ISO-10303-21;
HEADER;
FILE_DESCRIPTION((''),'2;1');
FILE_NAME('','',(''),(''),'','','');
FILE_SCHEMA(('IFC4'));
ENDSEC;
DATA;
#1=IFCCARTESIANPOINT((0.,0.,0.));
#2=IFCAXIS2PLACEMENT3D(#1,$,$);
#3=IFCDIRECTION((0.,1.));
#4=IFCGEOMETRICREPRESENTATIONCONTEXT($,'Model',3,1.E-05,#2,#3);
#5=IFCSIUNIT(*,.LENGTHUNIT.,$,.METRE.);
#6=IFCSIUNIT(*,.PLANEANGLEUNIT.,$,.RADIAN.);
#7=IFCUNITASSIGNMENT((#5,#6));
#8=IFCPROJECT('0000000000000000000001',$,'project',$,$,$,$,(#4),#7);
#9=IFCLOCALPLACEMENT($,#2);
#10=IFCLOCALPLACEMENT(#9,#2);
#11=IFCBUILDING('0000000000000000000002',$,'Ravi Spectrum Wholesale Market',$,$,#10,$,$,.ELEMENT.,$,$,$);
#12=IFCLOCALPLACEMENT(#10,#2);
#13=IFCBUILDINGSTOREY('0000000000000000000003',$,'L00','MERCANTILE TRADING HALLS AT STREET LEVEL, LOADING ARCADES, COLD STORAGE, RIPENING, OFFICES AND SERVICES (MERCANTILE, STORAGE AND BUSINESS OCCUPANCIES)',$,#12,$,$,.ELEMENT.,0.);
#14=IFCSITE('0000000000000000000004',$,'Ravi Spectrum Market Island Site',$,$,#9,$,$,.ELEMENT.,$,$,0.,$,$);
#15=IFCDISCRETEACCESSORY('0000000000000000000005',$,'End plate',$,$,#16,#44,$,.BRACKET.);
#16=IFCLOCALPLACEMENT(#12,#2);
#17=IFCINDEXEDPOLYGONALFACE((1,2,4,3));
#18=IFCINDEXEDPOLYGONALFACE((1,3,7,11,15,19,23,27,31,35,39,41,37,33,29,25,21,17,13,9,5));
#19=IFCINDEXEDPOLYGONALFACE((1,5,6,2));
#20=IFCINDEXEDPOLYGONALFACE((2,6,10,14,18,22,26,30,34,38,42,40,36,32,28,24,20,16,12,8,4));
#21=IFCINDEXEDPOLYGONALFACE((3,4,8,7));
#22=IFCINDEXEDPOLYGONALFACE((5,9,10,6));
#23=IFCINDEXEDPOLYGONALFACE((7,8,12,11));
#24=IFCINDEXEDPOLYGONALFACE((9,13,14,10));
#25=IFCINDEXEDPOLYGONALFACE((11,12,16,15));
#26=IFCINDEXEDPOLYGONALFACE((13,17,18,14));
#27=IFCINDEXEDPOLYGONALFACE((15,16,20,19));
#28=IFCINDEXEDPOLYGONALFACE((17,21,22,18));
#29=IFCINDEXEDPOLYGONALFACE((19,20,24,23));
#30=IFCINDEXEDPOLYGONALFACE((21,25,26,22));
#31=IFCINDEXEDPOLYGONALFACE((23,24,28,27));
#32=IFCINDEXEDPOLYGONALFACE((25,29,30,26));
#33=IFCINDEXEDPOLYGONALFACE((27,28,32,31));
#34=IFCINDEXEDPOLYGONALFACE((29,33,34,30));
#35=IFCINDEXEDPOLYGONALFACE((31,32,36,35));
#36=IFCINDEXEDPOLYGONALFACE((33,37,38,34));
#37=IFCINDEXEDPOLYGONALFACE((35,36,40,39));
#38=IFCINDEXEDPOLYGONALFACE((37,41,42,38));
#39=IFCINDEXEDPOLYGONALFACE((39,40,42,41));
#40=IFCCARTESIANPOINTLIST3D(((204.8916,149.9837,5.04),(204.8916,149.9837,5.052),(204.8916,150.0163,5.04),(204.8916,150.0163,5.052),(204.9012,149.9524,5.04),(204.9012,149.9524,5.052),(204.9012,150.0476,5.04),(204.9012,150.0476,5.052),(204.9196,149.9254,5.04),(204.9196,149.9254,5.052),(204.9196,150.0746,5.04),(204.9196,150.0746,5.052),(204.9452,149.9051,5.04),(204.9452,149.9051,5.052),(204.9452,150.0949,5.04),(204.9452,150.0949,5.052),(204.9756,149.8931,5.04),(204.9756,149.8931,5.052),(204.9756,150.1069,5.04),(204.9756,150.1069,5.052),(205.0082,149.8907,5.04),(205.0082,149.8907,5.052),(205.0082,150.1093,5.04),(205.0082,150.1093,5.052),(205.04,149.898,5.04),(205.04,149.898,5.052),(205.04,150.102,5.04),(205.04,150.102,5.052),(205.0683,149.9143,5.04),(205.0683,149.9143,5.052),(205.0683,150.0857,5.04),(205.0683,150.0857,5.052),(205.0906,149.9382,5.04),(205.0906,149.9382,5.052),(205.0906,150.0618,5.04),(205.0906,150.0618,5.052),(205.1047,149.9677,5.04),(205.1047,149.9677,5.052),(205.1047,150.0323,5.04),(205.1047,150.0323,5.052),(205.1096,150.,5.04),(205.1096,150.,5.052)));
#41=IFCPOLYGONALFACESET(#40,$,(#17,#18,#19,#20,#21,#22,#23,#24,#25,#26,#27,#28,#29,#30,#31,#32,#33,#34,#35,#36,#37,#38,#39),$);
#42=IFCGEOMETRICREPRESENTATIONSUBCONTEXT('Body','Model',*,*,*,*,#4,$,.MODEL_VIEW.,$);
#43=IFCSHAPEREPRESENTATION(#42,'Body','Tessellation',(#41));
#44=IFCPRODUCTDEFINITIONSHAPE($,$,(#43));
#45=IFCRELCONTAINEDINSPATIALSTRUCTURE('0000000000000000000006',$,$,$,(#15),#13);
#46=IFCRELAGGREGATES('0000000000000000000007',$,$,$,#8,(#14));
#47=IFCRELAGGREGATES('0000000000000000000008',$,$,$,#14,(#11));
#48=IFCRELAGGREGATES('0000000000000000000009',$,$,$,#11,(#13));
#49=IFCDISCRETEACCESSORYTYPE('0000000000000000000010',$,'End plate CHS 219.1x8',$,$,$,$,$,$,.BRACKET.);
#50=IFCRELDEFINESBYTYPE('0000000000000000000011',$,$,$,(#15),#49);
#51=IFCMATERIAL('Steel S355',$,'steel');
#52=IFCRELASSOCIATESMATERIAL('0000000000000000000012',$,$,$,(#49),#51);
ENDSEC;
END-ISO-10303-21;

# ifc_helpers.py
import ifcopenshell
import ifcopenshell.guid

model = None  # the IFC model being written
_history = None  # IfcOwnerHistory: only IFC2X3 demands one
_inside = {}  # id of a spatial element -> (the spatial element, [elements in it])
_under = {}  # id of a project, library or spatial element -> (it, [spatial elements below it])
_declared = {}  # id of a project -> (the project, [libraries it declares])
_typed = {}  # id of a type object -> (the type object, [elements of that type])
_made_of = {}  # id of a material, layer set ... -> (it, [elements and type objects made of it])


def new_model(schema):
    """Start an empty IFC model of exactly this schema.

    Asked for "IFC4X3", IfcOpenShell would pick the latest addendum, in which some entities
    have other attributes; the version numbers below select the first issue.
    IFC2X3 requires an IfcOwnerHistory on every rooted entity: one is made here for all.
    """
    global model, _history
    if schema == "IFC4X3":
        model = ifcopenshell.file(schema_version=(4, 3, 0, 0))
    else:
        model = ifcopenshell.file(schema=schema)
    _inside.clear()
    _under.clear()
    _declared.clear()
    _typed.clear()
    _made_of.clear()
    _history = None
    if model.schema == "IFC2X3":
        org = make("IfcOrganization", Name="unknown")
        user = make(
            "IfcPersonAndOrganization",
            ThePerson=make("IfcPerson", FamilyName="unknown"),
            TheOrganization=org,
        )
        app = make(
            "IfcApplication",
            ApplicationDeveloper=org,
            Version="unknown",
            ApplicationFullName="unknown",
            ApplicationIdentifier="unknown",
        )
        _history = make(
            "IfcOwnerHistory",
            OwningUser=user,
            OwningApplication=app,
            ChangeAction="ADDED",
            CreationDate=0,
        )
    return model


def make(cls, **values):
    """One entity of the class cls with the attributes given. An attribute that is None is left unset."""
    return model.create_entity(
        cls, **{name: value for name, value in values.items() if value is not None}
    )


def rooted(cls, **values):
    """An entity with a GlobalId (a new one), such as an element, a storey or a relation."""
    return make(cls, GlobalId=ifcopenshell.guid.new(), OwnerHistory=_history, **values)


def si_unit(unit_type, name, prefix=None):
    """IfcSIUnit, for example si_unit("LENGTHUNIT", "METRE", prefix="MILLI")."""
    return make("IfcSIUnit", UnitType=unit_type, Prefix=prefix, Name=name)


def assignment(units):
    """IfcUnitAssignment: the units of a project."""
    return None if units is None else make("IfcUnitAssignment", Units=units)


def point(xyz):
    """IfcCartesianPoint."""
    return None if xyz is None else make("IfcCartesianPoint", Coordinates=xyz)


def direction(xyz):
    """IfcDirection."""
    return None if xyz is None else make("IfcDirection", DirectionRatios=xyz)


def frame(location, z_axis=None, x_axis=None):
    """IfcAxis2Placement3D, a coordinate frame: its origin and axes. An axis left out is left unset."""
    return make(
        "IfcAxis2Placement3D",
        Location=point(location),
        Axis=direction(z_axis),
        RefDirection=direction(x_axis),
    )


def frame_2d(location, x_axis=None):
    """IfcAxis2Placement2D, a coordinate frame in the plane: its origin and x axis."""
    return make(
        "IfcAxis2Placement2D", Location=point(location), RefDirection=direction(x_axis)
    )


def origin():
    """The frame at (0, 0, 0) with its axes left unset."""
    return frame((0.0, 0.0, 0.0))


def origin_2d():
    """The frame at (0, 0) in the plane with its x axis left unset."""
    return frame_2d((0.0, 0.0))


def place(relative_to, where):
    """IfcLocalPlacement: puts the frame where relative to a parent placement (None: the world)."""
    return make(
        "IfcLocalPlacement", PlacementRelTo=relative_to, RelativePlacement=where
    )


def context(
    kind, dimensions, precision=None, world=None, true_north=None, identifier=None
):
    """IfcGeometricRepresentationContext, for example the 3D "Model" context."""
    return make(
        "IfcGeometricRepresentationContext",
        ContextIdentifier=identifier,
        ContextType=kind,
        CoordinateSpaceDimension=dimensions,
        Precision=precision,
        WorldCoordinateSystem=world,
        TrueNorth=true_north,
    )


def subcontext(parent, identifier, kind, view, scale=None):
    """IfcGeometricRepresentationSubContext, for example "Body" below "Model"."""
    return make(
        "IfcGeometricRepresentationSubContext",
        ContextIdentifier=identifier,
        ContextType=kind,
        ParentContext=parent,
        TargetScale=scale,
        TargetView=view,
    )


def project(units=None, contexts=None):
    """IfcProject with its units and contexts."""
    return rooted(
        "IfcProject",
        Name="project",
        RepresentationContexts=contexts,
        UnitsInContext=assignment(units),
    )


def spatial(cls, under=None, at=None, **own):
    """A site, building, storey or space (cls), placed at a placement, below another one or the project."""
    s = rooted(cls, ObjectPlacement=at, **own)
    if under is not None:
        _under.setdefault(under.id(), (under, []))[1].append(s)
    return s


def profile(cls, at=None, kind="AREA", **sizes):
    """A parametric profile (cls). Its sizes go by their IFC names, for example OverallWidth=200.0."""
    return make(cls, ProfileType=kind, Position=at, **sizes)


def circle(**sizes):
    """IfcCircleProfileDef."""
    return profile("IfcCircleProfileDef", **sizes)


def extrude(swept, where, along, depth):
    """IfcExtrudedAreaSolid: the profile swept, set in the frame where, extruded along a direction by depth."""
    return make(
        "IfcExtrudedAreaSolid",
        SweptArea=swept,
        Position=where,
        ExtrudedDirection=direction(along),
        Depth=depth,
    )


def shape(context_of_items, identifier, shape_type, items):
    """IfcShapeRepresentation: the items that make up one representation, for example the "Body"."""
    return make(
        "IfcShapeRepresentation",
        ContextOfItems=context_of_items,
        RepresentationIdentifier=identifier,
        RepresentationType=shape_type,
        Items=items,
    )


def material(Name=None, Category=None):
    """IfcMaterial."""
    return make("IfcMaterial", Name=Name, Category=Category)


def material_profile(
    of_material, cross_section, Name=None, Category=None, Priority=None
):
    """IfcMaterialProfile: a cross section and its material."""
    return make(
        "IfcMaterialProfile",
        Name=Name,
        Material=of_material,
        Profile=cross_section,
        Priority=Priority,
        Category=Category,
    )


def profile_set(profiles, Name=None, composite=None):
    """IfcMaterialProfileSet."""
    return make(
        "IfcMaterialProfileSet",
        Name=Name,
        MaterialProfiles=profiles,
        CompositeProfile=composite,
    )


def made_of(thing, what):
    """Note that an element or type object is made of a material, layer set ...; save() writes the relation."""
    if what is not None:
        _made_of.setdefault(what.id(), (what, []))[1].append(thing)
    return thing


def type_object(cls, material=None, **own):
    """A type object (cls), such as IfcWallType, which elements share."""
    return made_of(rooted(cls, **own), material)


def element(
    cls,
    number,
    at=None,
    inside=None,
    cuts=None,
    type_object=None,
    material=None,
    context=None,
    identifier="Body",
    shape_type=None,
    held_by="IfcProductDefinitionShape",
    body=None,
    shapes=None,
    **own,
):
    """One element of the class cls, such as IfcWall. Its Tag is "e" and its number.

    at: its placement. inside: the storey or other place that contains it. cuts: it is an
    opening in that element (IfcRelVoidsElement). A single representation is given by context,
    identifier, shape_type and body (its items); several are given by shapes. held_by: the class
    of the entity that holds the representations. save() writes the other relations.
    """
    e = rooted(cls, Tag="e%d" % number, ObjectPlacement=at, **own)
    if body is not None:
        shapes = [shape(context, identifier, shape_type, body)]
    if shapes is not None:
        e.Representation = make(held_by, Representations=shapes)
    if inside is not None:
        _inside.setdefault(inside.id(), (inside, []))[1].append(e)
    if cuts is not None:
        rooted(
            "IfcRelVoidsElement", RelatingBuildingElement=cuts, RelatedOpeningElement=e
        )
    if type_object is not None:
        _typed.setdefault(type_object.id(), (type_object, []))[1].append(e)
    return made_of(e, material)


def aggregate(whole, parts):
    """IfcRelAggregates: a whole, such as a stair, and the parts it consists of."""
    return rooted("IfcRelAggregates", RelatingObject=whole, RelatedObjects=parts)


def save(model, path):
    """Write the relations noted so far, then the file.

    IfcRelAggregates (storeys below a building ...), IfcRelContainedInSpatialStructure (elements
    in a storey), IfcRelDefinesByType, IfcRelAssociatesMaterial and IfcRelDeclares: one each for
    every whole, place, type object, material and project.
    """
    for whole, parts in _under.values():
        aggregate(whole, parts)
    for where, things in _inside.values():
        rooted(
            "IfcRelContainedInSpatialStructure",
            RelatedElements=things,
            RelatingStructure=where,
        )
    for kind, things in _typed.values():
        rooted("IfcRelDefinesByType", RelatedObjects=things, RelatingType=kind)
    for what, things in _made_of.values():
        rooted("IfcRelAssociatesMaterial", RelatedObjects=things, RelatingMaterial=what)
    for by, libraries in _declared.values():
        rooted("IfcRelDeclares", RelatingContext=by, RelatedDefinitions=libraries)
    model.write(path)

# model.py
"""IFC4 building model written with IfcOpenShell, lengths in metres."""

from ifc_helpers import new_model, si_unit, direction, frame, origin, origin_2d, place, context, subcontext, project, spatial, circle, extrude, material, material_profile, profile_set, type_object, element, save


model = new_model("IFC4")

# Units and contexts
model_context = context("Model", 3, precision=1e-05, world=origin(), true_north=direction((0.0, 1.0)))
body_context = subcontext(model_context, "Body", "Model", "MODEL_VIEW")
ifc_project = project(units=[si_unit("LENGTHUNIT", "METRE"), si_unit("PLANEANGLEUNIT", "RADIAN")], contexts=[model_context])

# Site, building, storey
site_placement = place(None, origin())
site = spatial("IfcSite", under=ifc_project, at=site_placement, Name="Ravi Spectrum Market Island Site", CompositionType="ELEMENT", RefElevation=0.0)
building_placement = place(site_placement, origin())
building = spatial("IfcBuilding", under=site, at=building_placement, Name="Ravi Spectrum Wholesale Market", CompositionType="ELEMENT")
storey_placement = place(building_placement, origin())
storey = spatial("IfcBuildingStorey", under=building, at=storey_placement, Name="L00", Description="MERCANTILE TRADING HALLS AT STREET LEVEL, LOADING ARCADES, COLD STORAGE, RIPENING, OFFICES AND SERVICES (MERCANTILE, STORAGE AND BUSINESS OCCUPANCIES)", CompositionType="ELEMENT", Elevation=0.0)

# Discrete accessory
ifc_material_1 = material(Name="Steel S355", Category="steel")
ifc_material_profile_1 = material_profile(ifc_material_1, circle(Radius=0.1096, at=origin_2d()))
ifc_profile_set_1 = profile_set([ifc_material_profile_1], Name="Steel S355")
discrete_accessory_type = type_object("IfcDiscreteAccessoryType", Name="End plate CHS 219.1x8", PredefinedType="BRACKET", material=ifc_profile_set_1)
discrete_accessory_placement = place(storey_placement, frame((205.0, 150.0, 5.04), z_axis=(0.0, 0.0, 1.0), x_axis=(1.0, 0.0, 0.0)))
element("IfcDiscreteAccessory", 1, at=discrete_accessory_placement, inside=storey, type_object=discrete_accessory_type, Name="End plate", PredefinedType="BRACKET", context=body_context, shape_type="SweptSolid", body=[
    extrude(circle(Radius=0.1096, at=origin_2d()), origin(), (0.0, 0.0, 1.0), 0.012),
])

save(model, "model.ifc")
